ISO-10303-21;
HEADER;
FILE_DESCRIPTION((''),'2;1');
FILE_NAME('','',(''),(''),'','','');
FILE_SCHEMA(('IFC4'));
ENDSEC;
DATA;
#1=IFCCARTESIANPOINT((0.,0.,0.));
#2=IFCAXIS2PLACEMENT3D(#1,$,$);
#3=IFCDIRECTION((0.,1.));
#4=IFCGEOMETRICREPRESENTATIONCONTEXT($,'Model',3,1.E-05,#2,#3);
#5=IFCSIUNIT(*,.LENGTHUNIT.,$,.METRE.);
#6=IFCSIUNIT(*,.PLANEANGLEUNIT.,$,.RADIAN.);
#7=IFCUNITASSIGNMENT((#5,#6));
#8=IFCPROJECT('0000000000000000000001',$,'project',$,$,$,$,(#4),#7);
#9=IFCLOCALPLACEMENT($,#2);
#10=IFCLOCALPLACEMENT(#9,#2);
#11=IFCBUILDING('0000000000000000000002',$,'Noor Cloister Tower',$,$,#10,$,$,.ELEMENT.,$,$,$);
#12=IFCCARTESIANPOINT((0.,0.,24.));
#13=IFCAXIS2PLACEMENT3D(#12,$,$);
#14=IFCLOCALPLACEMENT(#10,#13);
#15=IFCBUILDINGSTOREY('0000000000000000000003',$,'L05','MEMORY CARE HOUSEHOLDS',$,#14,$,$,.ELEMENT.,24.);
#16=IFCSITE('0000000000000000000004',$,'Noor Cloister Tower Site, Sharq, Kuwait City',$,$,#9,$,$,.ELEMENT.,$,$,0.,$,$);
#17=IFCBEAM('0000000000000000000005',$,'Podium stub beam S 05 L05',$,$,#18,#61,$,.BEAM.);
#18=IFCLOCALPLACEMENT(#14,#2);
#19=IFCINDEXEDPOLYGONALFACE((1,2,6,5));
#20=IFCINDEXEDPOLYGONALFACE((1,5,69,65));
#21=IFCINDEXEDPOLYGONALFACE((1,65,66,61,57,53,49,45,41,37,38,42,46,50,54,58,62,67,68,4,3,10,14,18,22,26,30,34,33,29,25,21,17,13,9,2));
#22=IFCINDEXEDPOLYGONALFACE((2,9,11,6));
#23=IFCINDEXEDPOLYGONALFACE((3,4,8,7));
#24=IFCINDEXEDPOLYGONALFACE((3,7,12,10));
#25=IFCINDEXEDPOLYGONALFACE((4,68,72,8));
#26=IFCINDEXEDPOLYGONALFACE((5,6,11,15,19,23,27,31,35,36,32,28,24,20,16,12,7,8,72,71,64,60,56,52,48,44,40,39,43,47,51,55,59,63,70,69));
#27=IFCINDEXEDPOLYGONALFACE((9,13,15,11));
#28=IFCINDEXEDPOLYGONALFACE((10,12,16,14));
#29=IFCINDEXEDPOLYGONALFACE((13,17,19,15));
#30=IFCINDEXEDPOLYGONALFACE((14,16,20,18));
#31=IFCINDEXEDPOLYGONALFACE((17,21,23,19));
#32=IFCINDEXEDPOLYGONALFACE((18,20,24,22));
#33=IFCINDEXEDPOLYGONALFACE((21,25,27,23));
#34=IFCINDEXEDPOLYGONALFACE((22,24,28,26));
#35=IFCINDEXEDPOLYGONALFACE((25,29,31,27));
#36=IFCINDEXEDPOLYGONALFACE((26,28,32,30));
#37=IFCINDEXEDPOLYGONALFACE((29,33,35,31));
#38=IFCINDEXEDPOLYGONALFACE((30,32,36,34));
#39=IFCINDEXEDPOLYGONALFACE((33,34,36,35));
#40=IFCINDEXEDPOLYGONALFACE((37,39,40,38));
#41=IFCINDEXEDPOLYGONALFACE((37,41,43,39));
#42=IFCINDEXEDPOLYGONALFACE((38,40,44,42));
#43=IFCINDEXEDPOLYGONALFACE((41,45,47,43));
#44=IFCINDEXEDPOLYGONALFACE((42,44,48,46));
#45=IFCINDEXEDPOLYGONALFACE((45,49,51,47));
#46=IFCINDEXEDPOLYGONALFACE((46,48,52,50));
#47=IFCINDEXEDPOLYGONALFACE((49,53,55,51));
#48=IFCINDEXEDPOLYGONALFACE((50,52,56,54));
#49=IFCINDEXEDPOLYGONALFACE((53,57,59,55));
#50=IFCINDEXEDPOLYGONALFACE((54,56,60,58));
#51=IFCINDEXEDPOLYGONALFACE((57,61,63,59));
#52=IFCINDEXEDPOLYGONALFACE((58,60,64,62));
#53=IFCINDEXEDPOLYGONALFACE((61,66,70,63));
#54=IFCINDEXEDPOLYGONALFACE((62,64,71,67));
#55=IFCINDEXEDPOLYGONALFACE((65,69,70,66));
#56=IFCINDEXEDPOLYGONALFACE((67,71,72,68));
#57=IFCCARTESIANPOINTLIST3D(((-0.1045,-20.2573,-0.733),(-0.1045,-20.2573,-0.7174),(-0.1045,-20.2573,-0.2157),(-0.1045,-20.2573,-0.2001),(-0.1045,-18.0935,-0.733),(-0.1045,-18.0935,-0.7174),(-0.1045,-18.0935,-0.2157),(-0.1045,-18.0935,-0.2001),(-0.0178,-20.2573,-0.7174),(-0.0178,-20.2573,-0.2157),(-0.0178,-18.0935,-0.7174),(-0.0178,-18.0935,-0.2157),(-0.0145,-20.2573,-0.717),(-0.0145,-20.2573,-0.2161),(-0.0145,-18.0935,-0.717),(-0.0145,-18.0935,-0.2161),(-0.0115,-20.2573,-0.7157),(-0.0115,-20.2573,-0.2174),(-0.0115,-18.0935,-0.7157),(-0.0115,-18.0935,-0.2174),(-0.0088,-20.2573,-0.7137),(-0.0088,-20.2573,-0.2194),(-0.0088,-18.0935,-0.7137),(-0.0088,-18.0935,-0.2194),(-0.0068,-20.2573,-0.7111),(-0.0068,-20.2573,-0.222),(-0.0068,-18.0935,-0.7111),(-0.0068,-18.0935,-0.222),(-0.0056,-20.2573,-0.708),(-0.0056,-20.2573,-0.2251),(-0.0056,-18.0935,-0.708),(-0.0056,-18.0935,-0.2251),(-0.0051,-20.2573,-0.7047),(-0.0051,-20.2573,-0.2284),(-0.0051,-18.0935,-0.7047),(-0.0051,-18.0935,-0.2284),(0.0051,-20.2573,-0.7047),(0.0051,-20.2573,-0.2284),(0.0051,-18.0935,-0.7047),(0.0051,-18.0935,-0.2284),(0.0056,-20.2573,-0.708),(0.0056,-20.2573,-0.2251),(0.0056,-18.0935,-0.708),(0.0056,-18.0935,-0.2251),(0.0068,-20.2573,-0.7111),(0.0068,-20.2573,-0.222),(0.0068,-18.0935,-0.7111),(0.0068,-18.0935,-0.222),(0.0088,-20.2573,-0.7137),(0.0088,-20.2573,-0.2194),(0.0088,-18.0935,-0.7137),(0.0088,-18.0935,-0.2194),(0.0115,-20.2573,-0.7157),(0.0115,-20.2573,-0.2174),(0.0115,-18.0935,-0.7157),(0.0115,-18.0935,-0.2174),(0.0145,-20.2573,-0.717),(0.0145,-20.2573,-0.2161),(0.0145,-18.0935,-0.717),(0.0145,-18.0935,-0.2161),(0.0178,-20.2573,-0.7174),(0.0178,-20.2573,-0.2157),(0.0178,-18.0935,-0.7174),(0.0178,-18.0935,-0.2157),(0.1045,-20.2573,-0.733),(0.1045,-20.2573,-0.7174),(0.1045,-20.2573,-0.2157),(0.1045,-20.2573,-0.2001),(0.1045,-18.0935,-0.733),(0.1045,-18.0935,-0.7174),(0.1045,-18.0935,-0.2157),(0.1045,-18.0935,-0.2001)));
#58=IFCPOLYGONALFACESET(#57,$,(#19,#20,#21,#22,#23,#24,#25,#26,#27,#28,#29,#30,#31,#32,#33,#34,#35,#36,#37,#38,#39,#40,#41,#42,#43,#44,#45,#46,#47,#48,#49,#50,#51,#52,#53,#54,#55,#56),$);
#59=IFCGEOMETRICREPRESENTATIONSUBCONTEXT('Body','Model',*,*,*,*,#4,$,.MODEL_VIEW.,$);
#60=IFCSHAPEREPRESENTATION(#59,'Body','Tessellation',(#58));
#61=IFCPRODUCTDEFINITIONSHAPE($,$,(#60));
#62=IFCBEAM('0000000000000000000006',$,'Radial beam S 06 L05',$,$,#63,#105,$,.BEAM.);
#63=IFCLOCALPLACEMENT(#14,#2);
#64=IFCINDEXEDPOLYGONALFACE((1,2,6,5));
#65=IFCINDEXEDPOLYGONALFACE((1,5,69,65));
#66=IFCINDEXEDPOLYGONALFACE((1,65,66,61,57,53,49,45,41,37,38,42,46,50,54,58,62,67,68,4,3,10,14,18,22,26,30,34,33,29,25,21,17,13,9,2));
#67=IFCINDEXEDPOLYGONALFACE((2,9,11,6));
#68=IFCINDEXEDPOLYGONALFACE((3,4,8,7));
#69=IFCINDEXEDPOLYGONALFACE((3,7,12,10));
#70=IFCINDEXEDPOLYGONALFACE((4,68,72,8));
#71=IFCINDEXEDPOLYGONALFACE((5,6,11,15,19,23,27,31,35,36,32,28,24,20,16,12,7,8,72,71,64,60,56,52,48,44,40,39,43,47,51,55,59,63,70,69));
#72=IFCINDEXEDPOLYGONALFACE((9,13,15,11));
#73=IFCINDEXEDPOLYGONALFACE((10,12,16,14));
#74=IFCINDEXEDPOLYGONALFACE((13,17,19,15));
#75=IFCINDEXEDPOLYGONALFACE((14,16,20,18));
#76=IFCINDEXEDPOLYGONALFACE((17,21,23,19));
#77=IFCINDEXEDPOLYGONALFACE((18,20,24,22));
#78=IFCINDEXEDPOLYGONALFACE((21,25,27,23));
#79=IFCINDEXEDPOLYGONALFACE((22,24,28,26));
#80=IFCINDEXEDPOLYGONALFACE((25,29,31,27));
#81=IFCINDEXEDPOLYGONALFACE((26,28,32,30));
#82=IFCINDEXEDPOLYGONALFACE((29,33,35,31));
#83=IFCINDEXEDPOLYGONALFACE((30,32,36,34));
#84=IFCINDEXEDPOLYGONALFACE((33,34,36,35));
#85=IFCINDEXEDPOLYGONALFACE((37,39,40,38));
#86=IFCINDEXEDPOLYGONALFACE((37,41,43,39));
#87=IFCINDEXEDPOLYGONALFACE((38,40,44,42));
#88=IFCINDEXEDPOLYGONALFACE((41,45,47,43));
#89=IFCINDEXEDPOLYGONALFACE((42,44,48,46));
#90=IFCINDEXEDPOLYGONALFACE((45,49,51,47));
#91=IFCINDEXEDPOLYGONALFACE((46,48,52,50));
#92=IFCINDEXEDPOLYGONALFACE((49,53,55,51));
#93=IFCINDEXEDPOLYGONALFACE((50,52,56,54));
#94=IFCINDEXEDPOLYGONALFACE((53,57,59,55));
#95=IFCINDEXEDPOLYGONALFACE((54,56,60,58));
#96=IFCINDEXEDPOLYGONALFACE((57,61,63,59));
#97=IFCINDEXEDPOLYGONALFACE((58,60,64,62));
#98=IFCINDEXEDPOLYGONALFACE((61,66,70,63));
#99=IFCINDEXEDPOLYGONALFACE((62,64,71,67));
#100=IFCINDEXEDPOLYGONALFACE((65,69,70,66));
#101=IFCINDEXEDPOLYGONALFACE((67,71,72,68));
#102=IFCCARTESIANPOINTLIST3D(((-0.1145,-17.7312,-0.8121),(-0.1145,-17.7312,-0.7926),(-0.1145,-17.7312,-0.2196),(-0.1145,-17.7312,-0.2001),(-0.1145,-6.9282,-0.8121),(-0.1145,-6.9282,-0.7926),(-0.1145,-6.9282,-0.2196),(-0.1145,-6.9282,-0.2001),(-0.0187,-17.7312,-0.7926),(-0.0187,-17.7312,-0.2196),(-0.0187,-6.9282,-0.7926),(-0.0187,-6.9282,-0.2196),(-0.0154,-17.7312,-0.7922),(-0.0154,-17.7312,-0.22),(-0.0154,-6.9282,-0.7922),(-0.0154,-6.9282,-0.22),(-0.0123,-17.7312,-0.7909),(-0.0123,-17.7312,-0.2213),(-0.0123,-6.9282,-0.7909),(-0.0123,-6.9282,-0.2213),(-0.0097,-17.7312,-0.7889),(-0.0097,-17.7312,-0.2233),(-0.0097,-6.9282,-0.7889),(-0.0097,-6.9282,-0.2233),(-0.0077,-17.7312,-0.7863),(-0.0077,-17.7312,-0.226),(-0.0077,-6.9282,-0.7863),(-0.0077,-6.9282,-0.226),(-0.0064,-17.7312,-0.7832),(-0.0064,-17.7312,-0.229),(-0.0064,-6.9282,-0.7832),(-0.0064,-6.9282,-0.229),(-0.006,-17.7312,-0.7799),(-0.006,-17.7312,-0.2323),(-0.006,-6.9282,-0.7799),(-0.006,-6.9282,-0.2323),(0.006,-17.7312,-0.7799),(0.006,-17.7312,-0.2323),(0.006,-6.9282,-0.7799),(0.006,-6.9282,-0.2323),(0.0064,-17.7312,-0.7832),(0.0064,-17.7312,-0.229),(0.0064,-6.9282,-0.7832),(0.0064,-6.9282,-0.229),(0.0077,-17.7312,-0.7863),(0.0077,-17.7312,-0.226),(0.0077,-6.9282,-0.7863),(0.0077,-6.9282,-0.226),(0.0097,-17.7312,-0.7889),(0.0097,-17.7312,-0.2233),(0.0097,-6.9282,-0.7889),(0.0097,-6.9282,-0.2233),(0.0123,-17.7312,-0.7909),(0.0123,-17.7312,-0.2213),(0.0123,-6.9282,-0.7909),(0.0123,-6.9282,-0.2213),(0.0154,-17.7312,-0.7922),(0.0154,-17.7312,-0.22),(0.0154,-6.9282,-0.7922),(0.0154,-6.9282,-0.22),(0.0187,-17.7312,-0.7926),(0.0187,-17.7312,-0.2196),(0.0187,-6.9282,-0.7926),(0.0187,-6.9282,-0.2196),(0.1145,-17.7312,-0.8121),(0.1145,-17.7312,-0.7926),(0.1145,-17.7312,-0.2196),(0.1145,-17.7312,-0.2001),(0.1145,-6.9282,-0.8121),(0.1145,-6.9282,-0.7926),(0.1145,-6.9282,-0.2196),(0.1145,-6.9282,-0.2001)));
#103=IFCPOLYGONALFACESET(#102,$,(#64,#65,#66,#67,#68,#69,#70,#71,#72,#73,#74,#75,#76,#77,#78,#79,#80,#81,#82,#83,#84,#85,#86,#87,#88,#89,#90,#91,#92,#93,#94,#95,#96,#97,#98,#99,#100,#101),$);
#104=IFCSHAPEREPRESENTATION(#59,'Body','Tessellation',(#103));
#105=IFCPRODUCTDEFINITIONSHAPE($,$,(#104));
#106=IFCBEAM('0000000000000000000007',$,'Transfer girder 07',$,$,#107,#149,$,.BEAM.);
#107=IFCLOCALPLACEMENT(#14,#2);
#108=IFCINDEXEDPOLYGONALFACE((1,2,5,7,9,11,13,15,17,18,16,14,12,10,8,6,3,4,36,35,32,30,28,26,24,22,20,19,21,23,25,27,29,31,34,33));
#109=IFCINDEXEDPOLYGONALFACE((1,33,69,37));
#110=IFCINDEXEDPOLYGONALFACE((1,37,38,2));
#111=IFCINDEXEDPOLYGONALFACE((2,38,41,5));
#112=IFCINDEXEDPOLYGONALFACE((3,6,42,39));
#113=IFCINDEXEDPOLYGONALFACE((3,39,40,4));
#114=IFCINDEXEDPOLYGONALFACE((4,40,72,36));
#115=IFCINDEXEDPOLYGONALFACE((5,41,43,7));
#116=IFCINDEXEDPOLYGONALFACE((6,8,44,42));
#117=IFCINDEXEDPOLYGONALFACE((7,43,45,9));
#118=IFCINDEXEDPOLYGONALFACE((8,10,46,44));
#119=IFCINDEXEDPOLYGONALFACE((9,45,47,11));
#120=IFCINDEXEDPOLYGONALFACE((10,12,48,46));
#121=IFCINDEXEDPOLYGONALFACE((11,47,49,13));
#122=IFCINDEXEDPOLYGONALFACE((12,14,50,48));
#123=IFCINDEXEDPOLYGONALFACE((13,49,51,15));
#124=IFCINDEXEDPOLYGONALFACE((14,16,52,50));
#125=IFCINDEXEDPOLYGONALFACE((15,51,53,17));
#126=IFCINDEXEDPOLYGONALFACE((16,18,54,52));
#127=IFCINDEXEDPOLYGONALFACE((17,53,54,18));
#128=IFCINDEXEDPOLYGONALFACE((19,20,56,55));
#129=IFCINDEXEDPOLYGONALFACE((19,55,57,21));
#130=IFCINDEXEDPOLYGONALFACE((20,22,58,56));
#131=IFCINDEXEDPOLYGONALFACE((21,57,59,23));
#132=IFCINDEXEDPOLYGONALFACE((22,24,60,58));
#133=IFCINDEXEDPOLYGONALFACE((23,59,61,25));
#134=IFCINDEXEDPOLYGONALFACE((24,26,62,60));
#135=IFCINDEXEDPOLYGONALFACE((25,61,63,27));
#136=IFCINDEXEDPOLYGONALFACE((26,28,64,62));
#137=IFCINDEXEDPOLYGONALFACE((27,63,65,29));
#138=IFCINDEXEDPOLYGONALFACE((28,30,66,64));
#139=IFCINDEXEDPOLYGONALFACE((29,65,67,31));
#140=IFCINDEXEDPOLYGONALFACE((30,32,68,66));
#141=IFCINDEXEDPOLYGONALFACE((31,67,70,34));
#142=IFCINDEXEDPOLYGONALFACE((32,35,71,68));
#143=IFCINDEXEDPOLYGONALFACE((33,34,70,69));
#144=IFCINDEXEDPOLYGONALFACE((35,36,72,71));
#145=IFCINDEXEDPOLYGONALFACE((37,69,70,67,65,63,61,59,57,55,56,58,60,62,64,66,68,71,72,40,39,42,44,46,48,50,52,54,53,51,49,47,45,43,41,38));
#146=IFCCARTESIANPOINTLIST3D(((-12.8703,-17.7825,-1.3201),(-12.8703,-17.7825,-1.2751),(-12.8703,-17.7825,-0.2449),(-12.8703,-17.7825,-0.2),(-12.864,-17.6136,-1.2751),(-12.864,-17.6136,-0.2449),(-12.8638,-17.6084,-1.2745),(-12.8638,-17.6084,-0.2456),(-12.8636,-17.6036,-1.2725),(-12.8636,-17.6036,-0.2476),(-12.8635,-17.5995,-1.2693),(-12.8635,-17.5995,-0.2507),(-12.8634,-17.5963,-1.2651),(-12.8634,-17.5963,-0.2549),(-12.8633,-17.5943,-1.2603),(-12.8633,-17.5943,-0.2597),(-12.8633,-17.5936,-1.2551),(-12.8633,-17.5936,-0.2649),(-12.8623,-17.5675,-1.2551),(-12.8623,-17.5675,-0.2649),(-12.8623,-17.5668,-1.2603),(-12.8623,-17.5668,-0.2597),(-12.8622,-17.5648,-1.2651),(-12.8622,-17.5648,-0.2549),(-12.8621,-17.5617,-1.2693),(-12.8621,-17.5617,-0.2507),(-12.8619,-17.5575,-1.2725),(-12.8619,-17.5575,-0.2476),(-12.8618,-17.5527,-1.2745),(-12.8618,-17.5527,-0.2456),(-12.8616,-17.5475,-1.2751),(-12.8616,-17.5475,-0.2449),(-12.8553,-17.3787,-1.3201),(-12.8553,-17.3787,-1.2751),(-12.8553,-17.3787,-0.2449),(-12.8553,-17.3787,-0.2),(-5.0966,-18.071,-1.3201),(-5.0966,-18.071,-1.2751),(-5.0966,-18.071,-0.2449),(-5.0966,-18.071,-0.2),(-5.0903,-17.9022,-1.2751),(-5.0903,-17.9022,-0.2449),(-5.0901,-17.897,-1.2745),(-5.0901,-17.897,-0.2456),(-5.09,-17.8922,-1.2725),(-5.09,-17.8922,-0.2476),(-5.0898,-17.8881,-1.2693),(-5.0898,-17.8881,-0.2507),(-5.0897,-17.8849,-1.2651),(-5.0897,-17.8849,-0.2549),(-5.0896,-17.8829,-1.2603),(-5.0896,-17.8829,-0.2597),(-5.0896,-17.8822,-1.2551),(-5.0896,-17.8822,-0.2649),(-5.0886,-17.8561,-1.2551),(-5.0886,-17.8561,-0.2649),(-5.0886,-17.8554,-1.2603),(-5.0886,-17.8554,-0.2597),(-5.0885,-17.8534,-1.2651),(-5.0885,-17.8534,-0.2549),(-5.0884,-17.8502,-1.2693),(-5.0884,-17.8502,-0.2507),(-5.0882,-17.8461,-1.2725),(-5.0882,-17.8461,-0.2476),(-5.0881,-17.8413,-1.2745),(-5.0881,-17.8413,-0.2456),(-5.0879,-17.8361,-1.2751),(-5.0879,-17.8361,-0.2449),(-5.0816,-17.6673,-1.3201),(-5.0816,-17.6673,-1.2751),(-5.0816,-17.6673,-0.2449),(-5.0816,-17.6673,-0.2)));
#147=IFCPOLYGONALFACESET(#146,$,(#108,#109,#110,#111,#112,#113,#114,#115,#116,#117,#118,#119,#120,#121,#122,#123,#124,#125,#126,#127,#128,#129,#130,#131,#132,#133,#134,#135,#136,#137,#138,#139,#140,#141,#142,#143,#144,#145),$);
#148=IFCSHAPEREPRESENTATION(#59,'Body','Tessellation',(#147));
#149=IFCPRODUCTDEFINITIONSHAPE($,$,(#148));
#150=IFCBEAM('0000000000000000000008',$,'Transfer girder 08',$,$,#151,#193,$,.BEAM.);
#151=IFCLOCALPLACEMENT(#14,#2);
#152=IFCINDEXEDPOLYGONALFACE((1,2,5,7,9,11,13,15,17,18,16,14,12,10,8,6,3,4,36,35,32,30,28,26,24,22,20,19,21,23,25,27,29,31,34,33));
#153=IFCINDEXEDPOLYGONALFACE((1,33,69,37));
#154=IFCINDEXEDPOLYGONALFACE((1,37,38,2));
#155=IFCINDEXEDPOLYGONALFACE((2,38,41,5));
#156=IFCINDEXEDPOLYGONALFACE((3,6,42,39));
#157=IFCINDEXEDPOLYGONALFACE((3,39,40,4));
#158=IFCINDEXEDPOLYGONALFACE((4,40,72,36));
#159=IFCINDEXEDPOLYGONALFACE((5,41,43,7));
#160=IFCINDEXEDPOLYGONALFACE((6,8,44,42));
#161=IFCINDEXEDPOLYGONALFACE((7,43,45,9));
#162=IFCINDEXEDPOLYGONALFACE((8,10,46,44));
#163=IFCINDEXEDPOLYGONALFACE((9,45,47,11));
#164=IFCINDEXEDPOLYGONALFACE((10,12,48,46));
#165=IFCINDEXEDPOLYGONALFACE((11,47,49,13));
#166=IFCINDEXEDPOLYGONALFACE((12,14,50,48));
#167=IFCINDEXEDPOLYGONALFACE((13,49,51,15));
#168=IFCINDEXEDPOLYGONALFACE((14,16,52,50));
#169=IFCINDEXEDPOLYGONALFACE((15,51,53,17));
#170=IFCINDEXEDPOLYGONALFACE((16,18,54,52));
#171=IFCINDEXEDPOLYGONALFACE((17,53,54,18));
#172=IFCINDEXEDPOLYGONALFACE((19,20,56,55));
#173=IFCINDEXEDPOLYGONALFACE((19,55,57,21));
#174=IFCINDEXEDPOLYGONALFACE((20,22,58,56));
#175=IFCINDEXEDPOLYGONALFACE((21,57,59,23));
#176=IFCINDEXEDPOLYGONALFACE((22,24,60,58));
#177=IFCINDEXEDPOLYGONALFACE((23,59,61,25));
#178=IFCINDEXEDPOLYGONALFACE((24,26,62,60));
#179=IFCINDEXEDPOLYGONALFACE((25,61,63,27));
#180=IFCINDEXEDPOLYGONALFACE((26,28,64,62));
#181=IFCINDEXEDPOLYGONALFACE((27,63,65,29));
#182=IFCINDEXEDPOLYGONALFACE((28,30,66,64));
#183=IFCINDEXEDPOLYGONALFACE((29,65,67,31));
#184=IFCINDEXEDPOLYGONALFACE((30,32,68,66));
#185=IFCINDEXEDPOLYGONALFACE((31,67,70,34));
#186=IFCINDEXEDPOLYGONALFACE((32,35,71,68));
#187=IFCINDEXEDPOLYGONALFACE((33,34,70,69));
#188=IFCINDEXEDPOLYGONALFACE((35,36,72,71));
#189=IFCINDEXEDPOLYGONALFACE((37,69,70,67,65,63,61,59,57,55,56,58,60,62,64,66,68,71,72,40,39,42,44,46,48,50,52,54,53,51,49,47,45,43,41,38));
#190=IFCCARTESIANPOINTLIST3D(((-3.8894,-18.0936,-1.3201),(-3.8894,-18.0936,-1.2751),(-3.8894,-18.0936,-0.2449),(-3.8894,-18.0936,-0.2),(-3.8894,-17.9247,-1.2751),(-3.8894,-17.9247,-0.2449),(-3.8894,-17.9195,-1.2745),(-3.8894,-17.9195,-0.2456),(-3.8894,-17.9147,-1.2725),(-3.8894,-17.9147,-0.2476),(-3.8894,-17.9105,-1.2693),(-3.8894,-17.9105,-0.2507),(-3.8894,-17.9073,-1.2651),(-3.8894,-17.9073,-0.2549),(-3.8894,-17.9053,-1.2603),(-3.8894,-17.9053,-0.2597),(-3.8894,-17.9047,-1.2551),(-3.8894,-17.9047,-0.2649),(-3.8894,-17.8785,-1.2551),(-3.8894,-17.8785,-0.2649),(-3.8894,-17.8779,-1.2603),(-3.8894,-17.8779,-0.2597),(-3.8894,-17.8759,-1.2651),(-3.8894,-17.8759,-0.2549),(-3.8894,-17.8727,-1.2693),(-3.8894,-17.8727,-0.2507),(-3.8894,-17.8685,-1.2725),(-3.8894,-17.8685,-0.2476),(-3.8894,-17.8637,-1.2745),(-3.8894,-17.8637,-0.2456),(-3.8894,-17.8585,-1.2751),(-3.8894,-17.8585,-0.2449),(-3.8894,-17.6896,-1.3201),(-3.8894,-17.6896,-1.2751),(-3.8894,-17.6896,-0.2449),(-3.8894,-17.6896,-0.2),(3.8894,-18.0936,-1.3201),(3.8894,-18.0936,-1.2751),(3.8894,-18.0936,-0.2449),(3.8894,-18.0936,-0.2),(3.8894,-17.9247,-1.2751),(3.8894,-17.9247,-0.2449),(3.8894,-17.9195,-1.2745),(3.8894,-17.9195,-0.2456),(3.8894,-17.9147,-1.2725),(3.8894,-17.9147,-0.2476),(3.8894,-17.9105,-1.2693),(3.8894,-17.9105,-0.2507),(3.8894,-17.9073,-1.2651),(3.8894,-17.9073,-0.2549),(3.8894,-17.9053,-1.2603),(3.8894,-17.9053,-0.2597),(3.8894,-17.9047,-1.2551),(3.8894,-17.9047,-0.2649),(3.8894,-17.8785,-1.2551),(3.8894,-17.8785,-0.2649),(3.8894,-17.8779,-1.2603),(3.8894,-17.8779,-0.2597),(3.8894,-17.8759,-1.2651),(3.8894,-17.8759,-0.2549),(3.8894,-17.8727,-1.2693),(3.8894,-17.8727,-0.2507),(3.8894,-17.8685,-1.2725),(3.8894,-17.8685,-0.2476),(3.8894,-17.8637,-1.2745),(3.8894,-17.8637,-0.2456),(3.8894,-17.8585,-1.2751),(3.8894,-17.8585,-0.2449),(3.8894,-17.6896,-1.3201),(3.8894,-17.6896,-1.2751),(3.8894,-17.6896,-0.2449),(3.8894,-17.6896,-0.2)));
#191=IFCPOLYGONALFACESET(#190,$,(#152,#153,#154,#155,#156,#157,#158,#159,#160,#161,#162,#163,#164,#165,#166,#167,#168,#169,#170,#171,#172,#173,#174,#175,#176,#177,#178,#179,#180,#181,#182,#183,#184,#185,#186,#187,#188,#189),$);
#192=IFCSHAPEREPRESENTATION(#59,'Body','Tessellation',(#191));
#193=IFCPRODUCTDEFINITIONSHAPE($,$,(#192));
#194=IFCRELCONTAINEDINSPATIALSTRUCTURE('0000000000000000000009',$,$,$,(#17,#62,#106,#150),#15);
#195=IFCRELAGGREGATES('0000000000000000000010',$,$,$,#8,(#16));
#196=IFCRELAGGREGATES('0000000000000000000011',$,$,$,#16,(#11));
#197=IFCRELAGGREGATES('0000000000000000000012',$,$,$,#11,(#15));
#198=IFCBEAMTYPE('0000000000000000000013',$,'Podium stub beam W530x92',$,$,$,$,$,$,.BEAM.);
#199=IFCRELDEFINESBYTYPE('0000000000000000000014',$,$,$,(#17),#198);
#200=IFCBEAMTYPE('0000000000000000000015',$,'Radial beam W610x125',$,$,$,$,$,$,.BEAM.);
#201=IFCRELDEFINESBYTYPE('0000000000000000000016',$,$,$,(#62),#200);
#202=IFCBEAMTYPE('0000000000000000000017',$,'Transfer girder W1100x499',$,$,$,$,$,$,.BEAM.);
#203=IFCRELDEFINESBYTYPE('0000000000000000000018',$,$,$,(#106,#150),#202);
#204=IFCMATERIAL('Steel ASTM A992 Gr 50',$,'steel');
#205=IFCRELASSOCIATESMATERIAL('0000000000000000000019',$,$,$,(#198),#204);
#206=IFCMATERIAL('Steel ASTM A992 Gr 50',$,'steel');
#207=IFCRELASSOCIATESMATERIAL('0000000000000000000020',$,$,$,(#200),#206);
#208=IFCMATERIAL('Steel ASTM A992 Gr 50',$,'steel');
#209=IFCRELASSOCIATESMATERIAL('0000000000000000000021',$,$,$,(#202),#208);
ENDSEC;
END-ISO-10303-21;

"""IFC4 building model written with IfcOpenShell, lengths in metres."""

from ifc_helpers import new_model, si_unit, direction, frame, origin, origin_2d, place, context, subcontext, project, spatial, i_section, extrude, material, material_profile, profile_set, type_object, element, save


model = new_model("IFC4")

# Units and contexts
model_context = context("Model", 3, precision=1e-05, world=origin(), true_north=direction((0.0, 1.0)))
body_context = subcontext(model_context, "Body", "Model", "MODEL_VIEW")
ifc_project = project(units=[si_unit("LENGTHUNIT", "METRE"), si_unit("PLANEANGLEUNIT", "RADIAN")], contexts=[model_context])

# Site, building, storey
site_placement = place(None, origin())
site = spatial("IfcSite", under=ifc_project, at=site_placement, Name="Noor Cloister Tower Site, Sharq, Kuwait City", CompositionType="ELEMENT", RefElevation=0.0)
building_placement = place(site_placement, origin())
building = spatial("IfcBuilding", under=site, at=building_placement, Name="Noor Cloister Tower", CompositionType="ELEMENT")
storey_placement = place(building_placement, frame((0.0, 0.0, 24.0)))
storey = spatial("IfcBuildingStorey", under=building, at=storey_placement, Name="L05", Description="MEMORY CARE HOUSEHOLDS", CompositionType="ELEMENT", Elevation=24.0)

# Beams
ifc_material_1 = material(Name="Steel ASTM A992 Gr 50", Category="steel")
ifc_material_profile_1 = material_profile(ifc_material_1, i_section(OverallWidth=0.209, OverallDepth=0.533, WebThickness=0.0103, FlangeThickness=0.0156, FilletRadius=0.0127, at=origin_2d()), Name="W530x92")
ifc_profile_set_1 = profile_set([ifc_material_profile_1], Name="Steel ASTM A992 Gr 50")
beam_type_1 = type_object("IfcBeamType", Name="Podium stub beam W530x92", PredefinedType="BEAM", material=ifc_profile_set_1)
beam_1_placement = place(storey_placement, frame((0.0, -18.0935, -0.4666), z_axis=(0.0, -1.0, 0.0), x_axis=(1.0, 0.0, 0.0)))
element("IfcBeam", 1, at=beam_1_placement, inside=storey, type_object=beam_type_1, Name="Podium stub beam S 05 L05", PredefinedType="BEAM", context=body_context, shape_type="SweptSolid", body=[
    extrude(i_section(OverallWidth=0.209, OverallDepth=0.533, WebThickness=0.0103, FlangeThickness=0.0156, FilletRadius=0.0127, at=origin_2d()), origin(), (0.0, 0.0, 1.0), 2.1638),
])
ifc_material_2 = material(Name="Steel ASTM A992 Gr 50", Category="steel")
ifc_material_profile_2 = material_profile(ifc_material_2, i_section(OverallWidth=0.229, OverallDepth=0.6121, WebThickness=0.012, FlangeThickness=0.0195, FilletRadius=0.0127, at=origin_2d()), Name="W610x125")
ifc_profile_set_2 = profile_set([ifc_material_profile_2], Name="Steel ASTM A992 Gr 50")
beam_type_2 = type_object("IfcBeamType", Name="Radial beam W610x125", PredefinedType="BEAM", material=ifc_profile_set_2)
beam_2_placement = place(storey_placement, frame((0.0, -17.7312, -0.5061), z_axis=(0.0, 1.0, 0.0), x_axis=(-1.0, 0.0, 0.0)))
element("IfcBeam", 2, at=beam_2_placement, inside=storey, type_object=beam_type_2, Name="Radial beam S 06 L05", PredefinedType="BEAM", context=body_context, shape_type="SweptSolid", body=[
    extrude(i_section(OverallWidth=0.229, OverallDepth=0.6121, WebThickness=0.012, FlangeThickness=0.0195, FilletRadius=0.0127, at=origin_2d()), origin(), (0.0, 0.0, 1.0), 10.803),
])
ifc_material_3 = material(Name="Steel ASTM A992 Gr 50", Category="steel")
ifc_material_profile_3 = material_profile(ifc_material_3, i_section(OverallWidth=0.4041, OverallDepth=1.1201, WebThickness=0.0261, FlangeThickness=0.0449, FilletRadius=0.02, at=origin_2d()), Name="W1100x499")
ifc_profile_set_3 = profile_set([ifc_material_profile_3], Name="Steel ASTM A992 Gr 50")
beam_type_3 = type_object("IfcBeamType", Name="Transfer girder W1100x499", PredefinedType="BEAM", material=ifc_profile_set_3)
beam_3_placement = place(storey_placement, frame((-12.8628, -17.5806, -0.76), z_axis=(0.999312, -0.037096, 0.0), x_axis=(0.037096, 0.999312, 0.0)))
element("IfcBeam", 3, at=beam_3_placement, inside=storey, type_object=beam_type_3, Name="Transfer girder 07", PredefinedType="BEAM", context=body_context, shape_type="SweptSolid", body=[
    extrude(i_section(OverallWidth=0.4041, OverallDepth=1.1201, WebThickness=0.0261, FlangeThickness=0.0449, FilletRadius=0.02, at=origin_2d()), origin(), (0.0, 0.0, 1.0), 7.7791),
])
beam_4_placement = place(storey_placement, frame((-3.8894, -17.8916, -0.76), z_axis=(1.0, 0.0, 0.0), x_axis=(0.0, 1.0, 0.0)))
element("IfcBeam", 4, at=beam_4_placement, inside=storey, type_object=beam_type_3, Name="Transfer girder 08", PredefinedType="BEAM", context=body_context, shape_type="SweptSolid", body=[
    extrude(i_section(OverallWidth=0.4041, OverallDepth=1.1201, WebThickness=0.0261, FlangeThickness=0.0449, FilletRadius=0.02, at=origin_2d()), origin(), (0.0, 0.0, 1.0), 7.7788),
])

save(model, "model.ifc")
